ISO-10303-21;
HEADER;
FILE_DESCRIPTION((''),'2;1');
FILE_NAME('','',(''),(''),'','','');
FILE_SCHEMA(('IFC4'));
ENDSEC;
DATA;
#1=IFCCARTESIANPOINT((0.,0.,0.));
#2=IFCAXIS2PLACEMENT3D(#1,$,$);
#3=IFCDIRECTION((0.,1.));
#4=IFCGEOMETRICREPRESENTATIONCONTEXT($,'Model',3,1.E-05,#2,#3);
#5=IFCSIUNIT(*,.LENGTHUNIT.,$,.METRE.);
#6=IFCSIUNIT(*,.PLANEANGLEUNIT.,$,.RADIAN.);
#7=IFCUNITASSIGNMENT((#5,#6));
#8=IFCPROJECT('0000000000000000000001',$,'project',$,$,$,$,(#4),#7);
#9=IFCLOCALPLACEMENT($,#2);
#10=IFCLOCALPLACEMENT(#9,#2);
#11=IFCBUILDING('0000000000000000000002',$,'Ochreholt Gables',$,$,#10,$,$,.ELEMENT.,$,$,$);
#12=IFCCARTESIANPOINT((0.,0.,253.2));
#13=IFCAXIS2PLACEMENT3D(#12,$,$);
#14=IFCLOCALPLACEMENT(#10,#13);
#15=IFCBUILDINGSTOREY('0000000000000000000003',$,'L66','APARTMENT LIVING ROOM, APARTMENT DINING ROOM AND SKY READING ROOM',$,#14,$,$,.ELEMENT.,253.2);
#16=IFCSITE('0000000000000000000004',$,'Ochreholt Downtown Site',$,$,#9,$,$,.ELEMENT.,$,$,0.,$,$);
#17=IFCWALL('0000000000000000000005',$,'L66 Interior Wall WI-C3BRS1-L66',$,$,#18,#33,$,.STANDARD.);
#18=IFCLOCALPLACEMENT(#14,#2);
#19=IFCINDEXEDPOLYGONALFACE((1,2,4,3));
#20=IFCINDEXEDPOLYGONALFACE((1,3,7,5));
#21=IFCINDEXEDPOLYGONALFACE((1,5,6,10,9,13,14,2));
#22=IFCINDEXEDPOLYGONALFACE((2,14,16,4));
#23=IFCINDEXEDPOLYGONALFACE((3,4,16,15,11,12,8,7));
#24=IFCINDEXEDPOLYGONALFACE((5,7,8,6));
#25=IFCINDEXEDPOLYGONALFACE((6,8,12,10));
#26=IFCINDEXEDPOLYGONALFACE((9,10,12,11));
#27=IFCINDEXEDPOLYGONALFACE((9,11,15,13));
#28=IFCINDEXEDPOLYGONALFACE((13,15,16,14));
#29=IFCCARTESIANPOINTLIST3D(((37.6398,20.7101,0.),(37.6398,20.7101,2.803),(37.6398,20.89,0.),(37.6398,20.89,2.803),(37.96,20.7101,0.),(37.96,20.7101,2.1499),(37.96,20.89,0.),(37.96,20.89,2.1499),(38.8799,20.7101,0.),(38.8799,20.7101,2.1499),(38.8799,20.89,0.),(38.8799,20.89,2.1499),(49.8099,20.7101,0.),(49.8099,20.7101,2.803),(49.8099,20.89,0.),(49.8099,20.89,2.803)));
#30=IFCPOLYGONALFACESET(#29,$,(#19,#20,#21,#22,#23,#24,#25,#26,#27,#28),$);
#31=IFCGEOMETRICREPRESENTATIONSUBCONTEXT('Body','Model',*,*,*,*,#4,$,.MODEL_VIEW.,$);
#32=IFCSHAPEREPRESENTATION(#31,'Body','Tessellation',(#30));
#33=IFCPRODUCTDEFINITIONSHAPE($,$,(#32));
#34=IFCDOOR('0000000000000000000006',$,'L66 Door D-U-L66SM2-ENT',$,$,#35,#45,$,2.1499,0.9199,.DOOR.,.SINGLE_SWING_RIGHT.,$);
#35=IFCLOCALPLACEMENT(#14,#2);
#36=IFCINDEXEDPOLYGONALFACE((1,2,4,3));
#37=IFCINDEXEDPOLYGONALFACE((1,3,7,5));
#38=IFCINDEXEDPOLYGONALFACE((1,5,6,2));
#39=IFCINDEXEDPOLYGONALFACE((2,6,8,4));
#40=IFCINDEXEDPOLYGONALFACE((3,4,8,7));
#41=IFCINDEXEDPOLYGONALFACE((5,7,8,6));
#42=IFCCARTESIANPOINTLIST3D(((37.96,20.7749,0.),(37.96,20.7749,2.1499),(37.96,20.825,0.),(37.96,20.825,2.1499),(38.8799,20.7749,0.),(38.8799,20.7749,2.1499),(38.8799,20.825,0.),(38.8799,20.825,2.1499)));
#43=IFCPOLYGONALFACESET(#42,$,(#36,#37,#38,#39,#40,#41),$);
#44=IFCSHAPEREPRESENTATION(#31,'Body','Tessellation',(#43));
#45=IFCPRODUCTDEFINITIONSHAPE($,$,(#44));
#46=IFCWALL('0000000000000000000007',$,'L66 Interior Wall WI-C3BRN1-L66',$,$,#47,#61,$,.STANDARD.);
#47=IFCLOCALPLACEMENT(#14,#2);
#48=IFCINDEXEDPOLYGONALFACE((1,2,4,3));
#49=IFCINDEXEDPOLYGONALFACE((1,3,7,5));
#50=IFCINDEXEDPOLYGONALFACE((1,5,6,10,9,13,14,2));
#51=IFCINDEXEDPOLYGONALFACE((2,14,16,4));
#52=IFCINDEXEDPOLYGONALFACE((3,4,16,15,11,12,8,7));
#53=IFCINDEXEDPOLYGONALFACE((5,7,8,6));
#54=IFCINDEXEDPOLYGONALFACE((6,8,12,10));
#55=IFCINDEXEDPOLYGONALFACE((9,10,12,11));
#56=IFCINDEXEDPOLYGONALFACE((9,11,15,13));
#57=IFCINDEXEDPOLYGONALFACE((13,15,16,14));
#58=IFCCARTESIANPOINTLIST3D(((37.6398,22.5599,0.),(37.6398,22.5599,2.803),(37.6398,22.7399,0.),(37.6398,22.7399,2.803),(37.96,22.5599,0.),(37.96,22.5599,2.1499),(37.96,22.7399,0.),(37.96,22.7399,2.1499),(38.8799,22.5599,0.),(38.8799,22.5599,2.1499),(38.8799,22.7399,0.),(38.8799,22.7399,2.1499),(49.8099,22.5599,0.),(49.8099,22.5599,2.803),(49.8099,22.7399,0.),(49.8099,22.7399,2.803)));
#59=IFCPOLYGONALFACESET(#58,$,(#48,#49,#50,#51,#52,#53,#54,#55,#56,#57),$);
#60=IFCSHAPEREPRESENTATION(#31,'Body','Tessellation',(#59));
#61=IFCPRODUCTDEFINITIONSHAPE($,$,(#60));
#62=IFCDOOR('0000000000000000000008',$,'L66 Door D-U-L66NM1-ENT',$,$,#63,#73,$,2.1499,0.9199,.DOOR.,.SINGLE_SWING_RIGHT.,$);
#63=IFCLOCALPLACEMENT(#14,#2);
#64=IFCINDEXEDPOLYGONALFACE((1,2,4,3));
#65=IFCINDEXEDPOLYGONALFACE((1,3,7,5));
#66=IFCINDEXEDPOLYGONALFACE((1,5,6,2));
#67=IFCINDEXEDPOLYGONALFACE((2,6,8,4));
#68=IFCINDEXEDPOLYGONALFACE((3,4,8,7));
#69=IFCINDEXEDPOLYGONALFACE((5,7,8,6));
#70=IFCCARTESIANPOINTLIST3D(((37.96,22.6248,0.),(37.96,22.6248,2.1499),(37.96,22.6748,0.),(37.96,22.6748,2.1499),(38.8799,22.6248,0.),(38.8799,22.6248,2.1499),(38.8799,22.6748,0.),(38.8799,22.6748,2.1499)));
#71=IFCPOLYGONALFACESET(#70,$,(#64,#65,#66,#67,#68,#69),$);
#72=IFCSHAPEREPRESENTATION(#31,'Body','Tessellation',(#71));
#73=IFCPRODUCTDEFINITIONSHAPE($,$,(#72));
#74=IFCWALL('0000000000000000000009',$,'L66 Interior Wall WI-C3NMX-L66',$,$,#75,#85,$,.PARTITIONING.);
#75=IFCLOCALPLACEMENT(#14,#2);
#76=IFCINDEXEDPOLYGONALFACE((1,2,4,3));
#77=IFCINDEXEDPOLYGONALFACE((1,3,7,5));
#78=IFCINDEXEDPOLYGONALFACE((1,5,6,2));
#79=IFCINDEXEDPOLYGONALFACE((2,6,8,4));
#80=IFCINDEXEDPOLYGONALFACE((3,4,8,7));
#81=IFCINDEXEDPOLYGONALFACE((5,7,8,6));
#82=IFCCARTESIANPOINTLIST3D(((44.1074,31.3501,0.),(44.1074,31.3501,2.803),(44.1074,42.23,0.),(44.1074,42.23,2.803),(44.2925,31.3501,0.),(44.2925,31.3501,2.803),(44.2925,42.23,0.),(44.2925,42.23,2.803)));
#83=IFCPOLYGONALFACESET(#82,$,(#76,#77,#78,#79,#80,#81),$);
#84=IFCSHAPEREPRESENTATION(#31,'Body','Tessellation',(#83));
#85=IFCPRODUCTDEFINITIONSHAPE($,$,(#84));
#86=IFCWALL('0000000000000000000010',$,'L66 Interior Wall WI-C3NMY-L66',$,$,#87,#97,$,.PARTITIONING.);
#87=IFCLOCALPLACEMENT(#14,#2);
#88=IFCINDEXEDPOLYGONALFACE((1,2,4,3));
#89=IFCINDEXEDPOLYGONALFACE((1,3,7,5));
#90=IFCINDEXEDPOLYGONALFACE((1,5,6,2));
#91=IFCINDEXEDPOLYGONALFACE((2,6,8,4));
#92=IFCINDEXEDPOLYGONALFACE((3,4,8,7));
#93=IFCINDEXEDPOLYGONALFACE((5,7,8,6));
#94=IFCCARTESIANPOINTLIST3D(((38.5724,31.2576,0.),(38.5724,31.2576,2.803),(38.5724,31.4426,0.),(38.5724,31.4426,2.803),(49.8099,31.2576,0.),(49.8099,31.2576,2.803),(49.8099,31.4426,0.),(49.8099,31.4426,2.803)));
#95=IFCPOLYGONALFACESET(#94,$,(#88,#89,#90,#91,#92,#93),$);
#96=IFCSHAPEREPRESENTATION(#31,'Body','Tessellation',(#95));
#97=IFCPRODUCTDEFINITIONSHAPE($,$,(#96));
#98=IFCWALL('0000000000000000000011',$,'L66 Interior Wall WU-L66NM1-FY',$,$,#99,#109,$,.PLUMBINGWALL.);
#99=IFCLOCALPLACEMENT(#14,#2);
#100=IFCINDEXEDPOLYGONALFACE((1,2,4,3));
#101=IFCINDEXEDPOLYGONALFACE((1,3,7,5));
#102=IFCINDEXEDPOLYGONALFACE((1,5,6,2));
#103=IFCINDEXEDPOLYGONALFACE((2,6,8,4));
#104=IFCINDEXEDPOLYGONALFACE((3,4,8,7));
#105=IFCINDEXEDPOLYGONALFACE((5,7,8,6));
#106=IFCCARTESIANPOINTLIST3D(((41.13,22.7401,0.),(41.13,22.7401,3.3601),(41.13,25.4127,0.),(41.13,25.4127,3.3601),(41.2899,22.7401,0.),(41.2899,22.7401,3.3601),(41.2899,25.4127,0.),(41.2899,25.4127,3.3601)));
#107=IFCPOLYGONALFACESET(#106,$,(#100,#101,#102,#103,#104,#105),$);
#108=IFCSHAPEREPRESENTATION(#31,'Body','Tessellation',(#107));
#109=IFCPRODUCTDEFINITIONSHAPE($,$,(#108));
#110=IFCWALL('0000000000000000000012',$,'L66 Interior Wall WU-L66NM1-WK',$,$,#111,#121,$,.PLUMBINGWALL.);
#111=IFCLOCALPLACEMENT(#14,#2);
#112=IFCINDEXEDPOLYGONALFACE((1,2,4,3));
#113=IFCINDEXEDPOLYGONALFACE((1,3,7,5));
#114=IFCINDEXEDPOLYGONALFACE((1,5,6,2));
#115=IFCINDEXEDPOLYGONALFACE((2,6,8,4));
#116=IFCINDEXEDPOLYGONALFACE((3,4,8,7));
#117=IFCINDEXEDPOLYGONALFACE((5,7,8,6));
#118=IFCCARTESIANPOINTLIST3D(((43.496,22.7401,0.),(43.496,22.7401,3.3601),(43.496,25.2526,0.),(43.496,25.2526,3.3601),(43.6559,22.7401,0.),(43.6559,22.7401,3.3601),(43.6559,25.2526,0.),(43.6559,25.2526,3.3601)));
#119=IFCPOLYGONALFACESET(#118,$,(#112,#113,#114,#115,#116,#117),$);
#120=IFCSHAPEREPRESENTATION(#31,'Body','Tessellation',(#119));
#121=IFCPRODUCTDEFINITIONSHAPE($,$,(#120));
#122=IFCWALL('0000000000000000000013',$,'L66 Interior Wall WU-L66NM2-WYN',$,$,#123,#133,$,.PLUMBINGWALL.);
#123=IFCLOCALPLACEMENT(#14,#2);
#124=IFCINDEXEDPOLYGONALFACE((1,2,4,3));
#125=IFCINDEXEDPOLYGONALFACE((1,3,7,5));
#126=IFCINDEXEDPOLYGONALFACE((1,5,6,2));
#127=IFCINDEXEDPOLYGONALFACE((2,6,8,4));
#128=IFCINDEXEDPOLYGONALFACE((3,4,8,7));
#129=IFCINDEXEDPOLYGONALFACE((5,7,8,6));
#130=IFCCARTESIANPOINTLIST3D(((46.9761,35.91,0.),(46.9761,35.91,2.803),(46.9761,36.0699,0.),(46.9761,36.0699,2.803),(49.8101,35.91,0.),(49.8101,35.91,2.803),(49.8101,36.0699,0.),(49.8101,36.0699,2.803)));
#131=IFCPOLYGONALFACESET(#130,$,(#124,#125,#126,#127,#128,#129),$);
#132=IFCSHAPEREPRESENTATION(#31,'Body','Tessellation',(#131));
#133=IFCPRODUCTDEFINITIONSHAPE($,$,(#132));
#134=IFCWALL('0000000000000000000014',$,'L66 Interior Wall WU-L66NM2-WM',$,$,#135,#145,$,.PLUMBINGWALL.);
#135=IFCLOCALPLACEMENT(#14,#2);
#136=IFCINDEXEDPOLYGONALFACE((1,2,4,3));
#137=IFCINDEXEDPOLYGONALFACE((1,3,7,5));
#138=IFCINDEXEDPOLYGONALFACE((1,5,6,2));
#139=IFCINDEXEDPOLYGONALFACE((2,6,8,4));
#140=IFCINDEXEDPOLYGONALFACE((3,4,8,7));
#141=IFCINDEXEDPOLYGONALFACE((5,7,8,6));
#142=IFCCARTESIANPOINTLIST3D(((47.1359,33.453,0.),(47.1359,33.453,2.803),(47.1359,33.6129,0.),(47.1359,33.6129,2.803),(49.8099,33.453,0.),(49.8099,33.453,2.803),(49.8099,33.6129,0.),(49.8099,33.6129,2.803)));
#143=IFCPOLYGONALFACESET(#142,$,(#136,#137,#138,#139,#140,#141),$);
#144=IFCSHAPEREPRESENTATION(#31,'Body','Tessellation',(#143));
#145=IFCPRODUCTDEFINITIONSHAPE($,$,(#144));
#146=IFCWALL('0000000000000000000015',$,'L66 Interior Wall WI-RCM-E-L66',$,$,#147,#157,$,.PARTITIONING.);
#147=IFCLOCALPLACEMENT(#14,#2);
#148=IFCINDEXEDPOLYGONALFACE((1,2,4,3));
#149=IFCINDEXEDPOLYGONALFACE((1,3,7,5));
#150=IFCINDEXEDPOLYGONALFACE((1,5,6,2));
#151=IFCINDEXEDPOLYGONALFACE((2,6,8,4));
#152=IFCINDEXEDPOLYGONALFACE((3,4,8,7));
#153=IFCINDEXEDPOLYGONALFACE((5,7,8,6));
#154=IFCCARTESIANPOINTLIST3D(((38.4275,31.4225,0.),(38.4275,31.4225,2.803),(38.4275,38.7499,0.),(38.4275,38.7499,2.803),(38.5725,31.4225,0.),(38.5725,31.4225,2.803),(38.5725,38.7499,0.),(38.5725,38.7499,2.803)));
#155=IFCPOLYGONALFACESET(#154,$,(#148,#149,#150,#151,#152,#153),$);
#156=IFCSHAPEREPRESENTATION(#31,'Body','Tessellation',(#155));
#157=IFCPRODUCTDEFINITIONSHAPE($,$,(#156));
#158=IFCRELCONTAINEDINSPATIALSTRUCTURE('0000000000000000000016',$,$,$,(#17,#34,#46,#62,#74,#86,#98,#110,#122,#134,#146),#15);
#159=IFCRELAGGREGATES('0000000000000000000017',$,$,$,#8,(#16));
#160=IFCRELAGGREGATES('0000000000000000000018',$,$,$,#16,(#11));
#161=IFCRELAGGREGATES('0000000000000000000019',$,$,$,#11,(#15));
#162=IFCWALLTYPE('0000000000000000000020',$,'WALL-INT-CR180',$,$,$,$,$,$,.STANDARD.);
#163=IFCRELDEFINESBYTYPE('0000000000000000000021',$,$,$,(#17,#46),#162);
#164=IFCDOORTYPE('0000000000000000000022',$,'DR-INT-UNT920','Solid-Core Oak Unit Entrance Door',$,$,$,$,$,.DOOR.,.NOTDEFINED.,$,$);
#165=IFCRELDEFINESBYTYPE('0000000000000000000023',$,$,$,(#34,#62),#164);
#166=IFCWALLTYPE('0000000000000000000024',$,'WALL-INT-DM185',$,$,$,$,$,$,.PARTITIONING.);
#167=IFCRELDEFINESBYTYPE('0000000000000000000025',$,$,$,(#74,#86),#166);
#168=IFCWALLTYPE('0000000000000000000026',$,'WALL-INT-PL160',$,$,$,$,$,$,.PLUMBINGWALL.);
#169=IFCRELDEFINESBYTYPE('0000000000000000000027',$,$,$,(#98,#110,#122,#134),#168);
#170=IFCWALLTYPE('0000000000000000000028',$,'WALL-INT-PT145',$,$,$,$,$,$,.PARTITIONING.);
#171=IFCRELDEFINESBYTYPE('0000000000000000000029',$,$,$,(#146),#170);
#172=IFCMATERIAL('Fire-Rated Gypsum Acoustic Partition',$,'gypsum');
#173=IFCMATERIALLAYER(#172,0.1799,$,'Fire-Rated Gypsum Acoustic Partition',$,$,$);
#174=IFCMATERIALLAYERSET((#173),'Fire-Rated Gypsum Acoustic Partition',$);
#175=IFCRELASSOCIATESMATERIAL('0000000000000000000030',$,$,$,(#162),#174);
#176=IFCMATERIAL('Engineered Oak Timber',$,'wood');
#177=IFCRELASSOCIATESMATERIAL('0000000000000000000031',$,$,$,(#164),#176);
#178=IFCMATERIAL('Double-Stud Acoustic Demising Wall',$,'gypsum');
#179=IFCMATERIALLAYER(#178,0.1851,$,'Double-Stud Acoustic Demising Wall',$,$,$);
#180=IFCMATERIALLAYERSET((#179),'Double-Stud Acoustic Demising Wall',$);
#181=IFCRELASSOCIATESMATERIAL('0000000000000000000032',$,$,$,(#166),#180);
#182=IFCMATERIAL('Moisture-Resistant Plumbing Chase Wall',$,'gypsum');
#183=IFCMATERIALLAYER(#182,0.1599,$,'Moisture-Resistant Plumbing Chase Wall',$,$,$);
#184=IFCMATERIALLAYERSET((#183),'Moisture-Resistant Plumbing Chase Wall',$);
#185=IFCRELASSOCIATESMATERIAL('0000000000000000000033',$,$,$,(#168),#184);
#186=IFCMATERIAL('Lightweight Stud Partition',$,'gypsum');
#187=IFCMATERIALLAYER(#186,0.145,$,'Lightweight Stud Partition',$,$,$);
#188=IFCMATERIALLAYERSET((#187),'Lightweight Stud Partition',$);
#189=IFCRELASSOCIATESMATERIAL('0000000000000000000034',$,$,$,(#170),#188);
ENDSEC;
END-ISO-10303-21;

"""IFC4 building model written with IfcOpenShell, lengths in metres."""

from ifc_helpers import new_model, si_unit, direction, frame, frame_2d, origin, place, context, subcontext, project, spatial, rectangle, extrude, material, layer, layer_set, type_object, element, fill, save


model = new_model("IFC4")

# Units and contexts
model_context = context("Model", 3, precision=1e-05, world=origin(), true_north=direction((0.0, 1.0)))
body_context = subcontext(model_context, "Body", "Model", "MODEL_VIEW")
ifc_project = project(units=[si_unit("LENGTHUNIT", "METRE"), si_unit("PLANEANGLEUNIT", "RADIAN")], contexts=[model_context])

# Site, building, storey
site_placement = place(None, origin())
site = spatial("IfcSite", under=ifc_project, at=site_placement, Name="Ochreholt Downtown Site", CompositionType="ELEMENT", RefElevation=0.0)
building_placement = place(site_placement, origin())
building = spatial("IfcBuilding", under=site, at=building_placement, Name="Ochreholt Gables", CompositionType="ELEMENT")
storey_placement = place(building_placement, frame((0.0, 0.0, 253.2)))
storey = spatial("IfcBuildingStorey", under=building, at=storey_placement, Name="L66", Description="APARTMENT LIVING ROOM, APARTMENT DINING ROOM AND SKY READING ROOM", CompositionType="ELEMENT", Elevation=253.2)

# Shared definitions
ifc_material_1 = material(Name="Fire-Rated Gypsum Acoustic Partition", Category="gypsum")
ifc_layer_1 = layer(ifc_material_1, 0.1799, Name="Fire-Rated Gypsum Acoustic Partition")
ifc_layer_set_1 = layer_set([ifc_layer_1], Name="Fire-Rated Gypsum Acoustic Partition")
wall_type_1 = type_object("IfcWallType", Name="WALL-INT-CR180", PredefinedType="STANDARD", material=ifc_layer_set_1)

# Walls, openings, doors
wall_1_placement = place(storey_placement, frame((37.6399, 20.8, 0.0), z_axis=(0.0, 0.0, 1.0), x_axis=(1.0, 0.0, 0.0)))
wall_1 = element("IfcWall", 1, at=wall_1_placement, inside=storey, type_object=wall_type_1, Name="L66 Interior Wall WI-C3BRS1-L66", PredefinedType="STANDARD", context=body_context, shape_type="SweptSolid", body=[
    extrude(rectangle(XDim=12.1702, YDim=0.1799, at=frame_2d((6.085, 0.0))), origin(), (0.0, 0.0, 1.0), 2.803),
])
opening_1_placement = place(wall_1_placement, frame((0.3201, 0.0, 0.0)))
opening_1 = element("IfcOpeningElement", 2, at=opening_1_placement, cuts=wall_1, PredefinedType="OPENING", context=body_context, shape_type="SweptSolid", body=[
    extrude(rectangle(XDim=0.9199, YDim=2.1499, at=frame_2d((0.46, 1.075))), frame((0.0, 0.0999, 0.0), z_axis=(0.0, -1.0, 0.0), x_axis=(1.0, 0.0, 0.0)), (0.0, 0.0, 1.0), 0.2),
])
ifc_material_2 = material(Name="Engineered Oak Timber", Category="wood")
door_type_1 = type_object("IfcDoorType", Name="DR-INT-UNT920", Description="Solid-Core Oak Unit Entrance Door", OperationType="NOTDEFINED", PredefinedType="DOOR", material=ifc_material_2)
door_1_placement = place(opening_1_placement, origin())
door_1 = element("IfcDoor", 3, at=door_1_placement, inside=storey, type_object=door_type_1, Name="L66 Door D-U-L66SM2-ENT", OperationType="SINGLE_SWING_RIGHT", OverallHeight=2.1499, OverallWidth=0.9199, PredefinedType="DOOR", context=body_context, shape_type="SweptSolid", body=[
    extrude(rectangle(XDim=0.9199, YDim=2.1499, at=frame_2d((0.46, 1.075))), frame((0.0, 0.0249, 0.0), z_axis=(0.0, -1.0, 0.0), x_axis=(1.0, 0.0, 0.0)), (0.0, 0.0, 1.0), 0.05),
])
fill(opening_1, door_1)
wall_2_placement = place(storey_placement, frame((37.6399, 22.6499, 0.0), z_axis=(0.0, 0.0, 1.0), x_axis=(1.0, 0.0, 0.0)))
wall_2 = element("IfcWall", 4, at=wall_2_placement, inside=storey, type_object=wall_type_1, Name="L66 Interior Wall WI-C3BRN1-L66", PredefinedType="STANDARD", context=body_context, shape_type="SweptSolid", body=[
    extrude(rectangle(XDim=12.1702, YDim=0.1799, at=frame_2d((6.085, 0.0))), origin(), (0.0, 0.0, 1.0), 2.803),
])
opening_2_placement = place(wall_2_placement, frame((0.3201, 0.0, 0.0)))
opening_2 = element("IfcOpeningElement", 5, at=opening_2_placement, cuts=wall_2, PredefinedType="OPENING", context=body_context, shape_type="SweptSolid", body=[
    extrude(rectangle(XDim=0.9199, YDim=2.1499, at=frame_2d((0.46, 1.075))), frame((0.0, 0.0999, 0.0), z_axis=(0.0, -1.0, 0.0), x_axis=(1.0, 0.0, 0.0)), (0.0, 0.0, 1.0), 0.2),
])
door_2_placement = place(opening_2_placement, origin())
door_2 = element("IfcDoor", 6, at=door_2_placement, inside=storey, type_object=door_type_1, Name="L66 Door D-U-L66NM1-ENT", OperationType="SINGLE_SWING_RIGHT", OverallHeight=2.1499, OverallWidth=0.9199, PredefinedType="DOOR", context=body_context, shape_type="SweptSolid", body=[
    extrude(rectangle(XDim=0.9199, YDim=2.1499, at=frame_2d((0.46, 1.075))), frame((0.0, 0.0249, 0.0), z_axis=(0.0, -1.0, 0.0), x_axis=(1.0, 0.0, 0.0)), (0.0, 0.0, 1.0), 0.05),
])
fill(opening_2, door_2)

# Walls
ifc_material_3 = material(Name="Double-Stud Acoustic Demising Wall", Category="gypsum")
ifc_layer_2 = layer(ifc_material_3, 0.1851, Name="Double-Stud Acoustic Demising Wall")
ifc_layer_set_2 = layer_set([ifc_layer_2], Name="Double-Stud Acoustic Demising Wall")
wall_type_2 = type_object("IfcWallType", Name="WALL-INT-DM185", PredefinedType="PARTITIONING", material=ifc_layer_set_2)
wall_3_placement = place(storey_placement, frame((44.2, 31.3501, 0.0), z_axis=(0.0, 0.0, 1.0), x_axis=(0.0, 1.0, 0.0)))
element("IfcWall", 7, at=wall_3_placement, inside=storey, type_object=wall_type_2, Name="L66 Interior Wall WI-C3NMX-L66", PredefinedType="PARTITIONING", context=body_context, shape_type="SweptSolid", body=[
    extrude(rectangle(XDim=10.8799, YDim=0.1851, at=frame_2d((5.4399, 0.0))), origin(), (0.0, 0.0, 1.0), 2.803),
])
wall_4_placement = place(storey_placement, frame((38.5725, 31.3501, 0.0), z_axis=(0.0, 0.0, 1.0), x_axis=(1.0, 0.0, 0.0)))
element("IfcWall", 8, at=wall_4_placement, inside=storey, type_object=wall_type_2, Name="L66 Interior Wall WI-C3NMY-L66", PredefinedType="PARTITIONING", context=body_context, shape_type="SweptSolid", body=[
    extrude(rectangle(XDim=11.2375, YDim=0.1851, at=frame_2d((5.6187, 0.0))), origin(), (0.0, 0.0, 1.0), 2.803),
])

# Shared definitions
ifc_material_4 = material(Name="Moisture-Resistant Plumbing Chase Wall", Category="gypsum")
ifc_layer_3 = layer(ifc_material_4, 0.1599, Name="Moisture-Resistant Plumbing Chase Wall")
ifc_layer_set_3 = layer_set([ifc_layer_3], Name="Moisture-Resistant Plumbing Chase Wall")
wall_type_3 = type_object("IfcWallType", Name="WALL-INT-PL160", PredefinedType="PLUMBINGWALL", material=ifc_layer_set_3)

# Walls
wall_5_placement = place(storey_placement, frame((41.21, 22.74, 0.0), z_axis=(0.0, 0.0, 1.0), x_axis=(0.0, 1.0, 0.0)))
element("IfcWall", 9, at=wall_5_placement, inside=storey, type_object=wall_type_3, Name="L66 Interior Wall WU-L66NM1-FY", PredefinedType="PLUMBINGWALL", context=body_context, shape_type="SweptSolid", body=[
    extrude(rectangle(XDim=2.6726, YDim=0.1599, at=frame_2d((1.3364, 0.0))), origin(), (0.0, 0.0, 1.0), 3.3601),
])
wall_6_placement = place(storey_placement, frame((43.5759, 22.74, 0.0), z_axis=(0.0, 0.0, 1.0), x_axis=(0.0, 1.0, 0.0)))
element("IfcWall", 10, at=wall_6_placement, inside=storey, type_object=wall_type_3, Name="L66 Interior Wall WU-L66NM1-WK", PredefinedType="PLUMBINGWALL", context=body_context, shape_type="SweptSolid", body=[
    extrude(rectangle(XDim=2.5125, YDim=0.1599, at=frame_2d((1.2563, 0.0))), origin(), (0.0, 0.0, 1.0), 3.3601),
])
wall_7_placement = place(storey_placement, frame((46.9761, 35.99, 0.0), z_axis=(0.0, 0.0, 1.0), x_axis=(1.0, 0.0, 0.0)))
element("IfcWall", 11, at=wall_7_placement, inside=storey, type_object=wall_type_3, Name="L66 Interior Wall WU-L66NM2-WYN", PredefinedType="PLUMBINGWALL", context=body_context, shape_type="SweptSolid", body=[
    extrude(rectangle(XDim=2.834, YDim=0.1599, at=frame_2d((1.417, 0.0))), origin(), (0.0, 0.0, 1.0), 2.803),
])

# Walls
wall_8_placement = place(storey_placement, frame((47.136, 33.533, 0.0), z_axis=(0.0, 0.0, 1.0), x_axis=(1.0, 0.0, 0.0)))
element("IfcWall", 12, at=wall_8_placement, inside=storey, type_object=wall_type_3, Name="L66 Interior Wall WU-L66NM2-WM", PredefinedType="PLUMBINGWALL", context=body_context, shape_type="SweptSolid", body=[
    extrude(rectangle(XDim=2.6741, YDim=0.1599, at=frame_2d((1.3369, 0.0))), origin(), (0.0, 0.0, 1.0), 2.803),
])
ifc_material_5 = material(Name="Lightweight Stud Partition", Category="gypsum")
ifc_layer_4 = layer(ifc_material_5, 0.145, Name="Lightweight Stud Partition")
ifc_layer_set_4 = layer_set([ifc_layer_4], Name="Lightweight Stud Partition")
wall_type_4 = type_object("IfcWallType", Name="WALL-INT-PT145", PredefinedType="PARTITIONING", material=ifc_layer_set_4)
wall_9_placement = place(storey_placement, frame((38.5, 31.4226, 0.0), z_axis=(0.0, 0.0, 1.0), x_axis=(0.0, 1.0, 0.0)))
element("IfcWall", 13, at=wall_9_placement, inside=storey, type_object=wall_type_4, Name="L66 Interior Wall WI-RCM-E-L66", PredefinedType="PARTITIONING", context=body_context, shape_type="SweptSolid", body=[
    extrude(rectangle(XDim=7.3274, YDim=0.145, at=frame_2d((3.6636, 0.0))), origin(), (0.0, 0.0, 1.0), 2.803),
])

save(model, "model.ifc")
